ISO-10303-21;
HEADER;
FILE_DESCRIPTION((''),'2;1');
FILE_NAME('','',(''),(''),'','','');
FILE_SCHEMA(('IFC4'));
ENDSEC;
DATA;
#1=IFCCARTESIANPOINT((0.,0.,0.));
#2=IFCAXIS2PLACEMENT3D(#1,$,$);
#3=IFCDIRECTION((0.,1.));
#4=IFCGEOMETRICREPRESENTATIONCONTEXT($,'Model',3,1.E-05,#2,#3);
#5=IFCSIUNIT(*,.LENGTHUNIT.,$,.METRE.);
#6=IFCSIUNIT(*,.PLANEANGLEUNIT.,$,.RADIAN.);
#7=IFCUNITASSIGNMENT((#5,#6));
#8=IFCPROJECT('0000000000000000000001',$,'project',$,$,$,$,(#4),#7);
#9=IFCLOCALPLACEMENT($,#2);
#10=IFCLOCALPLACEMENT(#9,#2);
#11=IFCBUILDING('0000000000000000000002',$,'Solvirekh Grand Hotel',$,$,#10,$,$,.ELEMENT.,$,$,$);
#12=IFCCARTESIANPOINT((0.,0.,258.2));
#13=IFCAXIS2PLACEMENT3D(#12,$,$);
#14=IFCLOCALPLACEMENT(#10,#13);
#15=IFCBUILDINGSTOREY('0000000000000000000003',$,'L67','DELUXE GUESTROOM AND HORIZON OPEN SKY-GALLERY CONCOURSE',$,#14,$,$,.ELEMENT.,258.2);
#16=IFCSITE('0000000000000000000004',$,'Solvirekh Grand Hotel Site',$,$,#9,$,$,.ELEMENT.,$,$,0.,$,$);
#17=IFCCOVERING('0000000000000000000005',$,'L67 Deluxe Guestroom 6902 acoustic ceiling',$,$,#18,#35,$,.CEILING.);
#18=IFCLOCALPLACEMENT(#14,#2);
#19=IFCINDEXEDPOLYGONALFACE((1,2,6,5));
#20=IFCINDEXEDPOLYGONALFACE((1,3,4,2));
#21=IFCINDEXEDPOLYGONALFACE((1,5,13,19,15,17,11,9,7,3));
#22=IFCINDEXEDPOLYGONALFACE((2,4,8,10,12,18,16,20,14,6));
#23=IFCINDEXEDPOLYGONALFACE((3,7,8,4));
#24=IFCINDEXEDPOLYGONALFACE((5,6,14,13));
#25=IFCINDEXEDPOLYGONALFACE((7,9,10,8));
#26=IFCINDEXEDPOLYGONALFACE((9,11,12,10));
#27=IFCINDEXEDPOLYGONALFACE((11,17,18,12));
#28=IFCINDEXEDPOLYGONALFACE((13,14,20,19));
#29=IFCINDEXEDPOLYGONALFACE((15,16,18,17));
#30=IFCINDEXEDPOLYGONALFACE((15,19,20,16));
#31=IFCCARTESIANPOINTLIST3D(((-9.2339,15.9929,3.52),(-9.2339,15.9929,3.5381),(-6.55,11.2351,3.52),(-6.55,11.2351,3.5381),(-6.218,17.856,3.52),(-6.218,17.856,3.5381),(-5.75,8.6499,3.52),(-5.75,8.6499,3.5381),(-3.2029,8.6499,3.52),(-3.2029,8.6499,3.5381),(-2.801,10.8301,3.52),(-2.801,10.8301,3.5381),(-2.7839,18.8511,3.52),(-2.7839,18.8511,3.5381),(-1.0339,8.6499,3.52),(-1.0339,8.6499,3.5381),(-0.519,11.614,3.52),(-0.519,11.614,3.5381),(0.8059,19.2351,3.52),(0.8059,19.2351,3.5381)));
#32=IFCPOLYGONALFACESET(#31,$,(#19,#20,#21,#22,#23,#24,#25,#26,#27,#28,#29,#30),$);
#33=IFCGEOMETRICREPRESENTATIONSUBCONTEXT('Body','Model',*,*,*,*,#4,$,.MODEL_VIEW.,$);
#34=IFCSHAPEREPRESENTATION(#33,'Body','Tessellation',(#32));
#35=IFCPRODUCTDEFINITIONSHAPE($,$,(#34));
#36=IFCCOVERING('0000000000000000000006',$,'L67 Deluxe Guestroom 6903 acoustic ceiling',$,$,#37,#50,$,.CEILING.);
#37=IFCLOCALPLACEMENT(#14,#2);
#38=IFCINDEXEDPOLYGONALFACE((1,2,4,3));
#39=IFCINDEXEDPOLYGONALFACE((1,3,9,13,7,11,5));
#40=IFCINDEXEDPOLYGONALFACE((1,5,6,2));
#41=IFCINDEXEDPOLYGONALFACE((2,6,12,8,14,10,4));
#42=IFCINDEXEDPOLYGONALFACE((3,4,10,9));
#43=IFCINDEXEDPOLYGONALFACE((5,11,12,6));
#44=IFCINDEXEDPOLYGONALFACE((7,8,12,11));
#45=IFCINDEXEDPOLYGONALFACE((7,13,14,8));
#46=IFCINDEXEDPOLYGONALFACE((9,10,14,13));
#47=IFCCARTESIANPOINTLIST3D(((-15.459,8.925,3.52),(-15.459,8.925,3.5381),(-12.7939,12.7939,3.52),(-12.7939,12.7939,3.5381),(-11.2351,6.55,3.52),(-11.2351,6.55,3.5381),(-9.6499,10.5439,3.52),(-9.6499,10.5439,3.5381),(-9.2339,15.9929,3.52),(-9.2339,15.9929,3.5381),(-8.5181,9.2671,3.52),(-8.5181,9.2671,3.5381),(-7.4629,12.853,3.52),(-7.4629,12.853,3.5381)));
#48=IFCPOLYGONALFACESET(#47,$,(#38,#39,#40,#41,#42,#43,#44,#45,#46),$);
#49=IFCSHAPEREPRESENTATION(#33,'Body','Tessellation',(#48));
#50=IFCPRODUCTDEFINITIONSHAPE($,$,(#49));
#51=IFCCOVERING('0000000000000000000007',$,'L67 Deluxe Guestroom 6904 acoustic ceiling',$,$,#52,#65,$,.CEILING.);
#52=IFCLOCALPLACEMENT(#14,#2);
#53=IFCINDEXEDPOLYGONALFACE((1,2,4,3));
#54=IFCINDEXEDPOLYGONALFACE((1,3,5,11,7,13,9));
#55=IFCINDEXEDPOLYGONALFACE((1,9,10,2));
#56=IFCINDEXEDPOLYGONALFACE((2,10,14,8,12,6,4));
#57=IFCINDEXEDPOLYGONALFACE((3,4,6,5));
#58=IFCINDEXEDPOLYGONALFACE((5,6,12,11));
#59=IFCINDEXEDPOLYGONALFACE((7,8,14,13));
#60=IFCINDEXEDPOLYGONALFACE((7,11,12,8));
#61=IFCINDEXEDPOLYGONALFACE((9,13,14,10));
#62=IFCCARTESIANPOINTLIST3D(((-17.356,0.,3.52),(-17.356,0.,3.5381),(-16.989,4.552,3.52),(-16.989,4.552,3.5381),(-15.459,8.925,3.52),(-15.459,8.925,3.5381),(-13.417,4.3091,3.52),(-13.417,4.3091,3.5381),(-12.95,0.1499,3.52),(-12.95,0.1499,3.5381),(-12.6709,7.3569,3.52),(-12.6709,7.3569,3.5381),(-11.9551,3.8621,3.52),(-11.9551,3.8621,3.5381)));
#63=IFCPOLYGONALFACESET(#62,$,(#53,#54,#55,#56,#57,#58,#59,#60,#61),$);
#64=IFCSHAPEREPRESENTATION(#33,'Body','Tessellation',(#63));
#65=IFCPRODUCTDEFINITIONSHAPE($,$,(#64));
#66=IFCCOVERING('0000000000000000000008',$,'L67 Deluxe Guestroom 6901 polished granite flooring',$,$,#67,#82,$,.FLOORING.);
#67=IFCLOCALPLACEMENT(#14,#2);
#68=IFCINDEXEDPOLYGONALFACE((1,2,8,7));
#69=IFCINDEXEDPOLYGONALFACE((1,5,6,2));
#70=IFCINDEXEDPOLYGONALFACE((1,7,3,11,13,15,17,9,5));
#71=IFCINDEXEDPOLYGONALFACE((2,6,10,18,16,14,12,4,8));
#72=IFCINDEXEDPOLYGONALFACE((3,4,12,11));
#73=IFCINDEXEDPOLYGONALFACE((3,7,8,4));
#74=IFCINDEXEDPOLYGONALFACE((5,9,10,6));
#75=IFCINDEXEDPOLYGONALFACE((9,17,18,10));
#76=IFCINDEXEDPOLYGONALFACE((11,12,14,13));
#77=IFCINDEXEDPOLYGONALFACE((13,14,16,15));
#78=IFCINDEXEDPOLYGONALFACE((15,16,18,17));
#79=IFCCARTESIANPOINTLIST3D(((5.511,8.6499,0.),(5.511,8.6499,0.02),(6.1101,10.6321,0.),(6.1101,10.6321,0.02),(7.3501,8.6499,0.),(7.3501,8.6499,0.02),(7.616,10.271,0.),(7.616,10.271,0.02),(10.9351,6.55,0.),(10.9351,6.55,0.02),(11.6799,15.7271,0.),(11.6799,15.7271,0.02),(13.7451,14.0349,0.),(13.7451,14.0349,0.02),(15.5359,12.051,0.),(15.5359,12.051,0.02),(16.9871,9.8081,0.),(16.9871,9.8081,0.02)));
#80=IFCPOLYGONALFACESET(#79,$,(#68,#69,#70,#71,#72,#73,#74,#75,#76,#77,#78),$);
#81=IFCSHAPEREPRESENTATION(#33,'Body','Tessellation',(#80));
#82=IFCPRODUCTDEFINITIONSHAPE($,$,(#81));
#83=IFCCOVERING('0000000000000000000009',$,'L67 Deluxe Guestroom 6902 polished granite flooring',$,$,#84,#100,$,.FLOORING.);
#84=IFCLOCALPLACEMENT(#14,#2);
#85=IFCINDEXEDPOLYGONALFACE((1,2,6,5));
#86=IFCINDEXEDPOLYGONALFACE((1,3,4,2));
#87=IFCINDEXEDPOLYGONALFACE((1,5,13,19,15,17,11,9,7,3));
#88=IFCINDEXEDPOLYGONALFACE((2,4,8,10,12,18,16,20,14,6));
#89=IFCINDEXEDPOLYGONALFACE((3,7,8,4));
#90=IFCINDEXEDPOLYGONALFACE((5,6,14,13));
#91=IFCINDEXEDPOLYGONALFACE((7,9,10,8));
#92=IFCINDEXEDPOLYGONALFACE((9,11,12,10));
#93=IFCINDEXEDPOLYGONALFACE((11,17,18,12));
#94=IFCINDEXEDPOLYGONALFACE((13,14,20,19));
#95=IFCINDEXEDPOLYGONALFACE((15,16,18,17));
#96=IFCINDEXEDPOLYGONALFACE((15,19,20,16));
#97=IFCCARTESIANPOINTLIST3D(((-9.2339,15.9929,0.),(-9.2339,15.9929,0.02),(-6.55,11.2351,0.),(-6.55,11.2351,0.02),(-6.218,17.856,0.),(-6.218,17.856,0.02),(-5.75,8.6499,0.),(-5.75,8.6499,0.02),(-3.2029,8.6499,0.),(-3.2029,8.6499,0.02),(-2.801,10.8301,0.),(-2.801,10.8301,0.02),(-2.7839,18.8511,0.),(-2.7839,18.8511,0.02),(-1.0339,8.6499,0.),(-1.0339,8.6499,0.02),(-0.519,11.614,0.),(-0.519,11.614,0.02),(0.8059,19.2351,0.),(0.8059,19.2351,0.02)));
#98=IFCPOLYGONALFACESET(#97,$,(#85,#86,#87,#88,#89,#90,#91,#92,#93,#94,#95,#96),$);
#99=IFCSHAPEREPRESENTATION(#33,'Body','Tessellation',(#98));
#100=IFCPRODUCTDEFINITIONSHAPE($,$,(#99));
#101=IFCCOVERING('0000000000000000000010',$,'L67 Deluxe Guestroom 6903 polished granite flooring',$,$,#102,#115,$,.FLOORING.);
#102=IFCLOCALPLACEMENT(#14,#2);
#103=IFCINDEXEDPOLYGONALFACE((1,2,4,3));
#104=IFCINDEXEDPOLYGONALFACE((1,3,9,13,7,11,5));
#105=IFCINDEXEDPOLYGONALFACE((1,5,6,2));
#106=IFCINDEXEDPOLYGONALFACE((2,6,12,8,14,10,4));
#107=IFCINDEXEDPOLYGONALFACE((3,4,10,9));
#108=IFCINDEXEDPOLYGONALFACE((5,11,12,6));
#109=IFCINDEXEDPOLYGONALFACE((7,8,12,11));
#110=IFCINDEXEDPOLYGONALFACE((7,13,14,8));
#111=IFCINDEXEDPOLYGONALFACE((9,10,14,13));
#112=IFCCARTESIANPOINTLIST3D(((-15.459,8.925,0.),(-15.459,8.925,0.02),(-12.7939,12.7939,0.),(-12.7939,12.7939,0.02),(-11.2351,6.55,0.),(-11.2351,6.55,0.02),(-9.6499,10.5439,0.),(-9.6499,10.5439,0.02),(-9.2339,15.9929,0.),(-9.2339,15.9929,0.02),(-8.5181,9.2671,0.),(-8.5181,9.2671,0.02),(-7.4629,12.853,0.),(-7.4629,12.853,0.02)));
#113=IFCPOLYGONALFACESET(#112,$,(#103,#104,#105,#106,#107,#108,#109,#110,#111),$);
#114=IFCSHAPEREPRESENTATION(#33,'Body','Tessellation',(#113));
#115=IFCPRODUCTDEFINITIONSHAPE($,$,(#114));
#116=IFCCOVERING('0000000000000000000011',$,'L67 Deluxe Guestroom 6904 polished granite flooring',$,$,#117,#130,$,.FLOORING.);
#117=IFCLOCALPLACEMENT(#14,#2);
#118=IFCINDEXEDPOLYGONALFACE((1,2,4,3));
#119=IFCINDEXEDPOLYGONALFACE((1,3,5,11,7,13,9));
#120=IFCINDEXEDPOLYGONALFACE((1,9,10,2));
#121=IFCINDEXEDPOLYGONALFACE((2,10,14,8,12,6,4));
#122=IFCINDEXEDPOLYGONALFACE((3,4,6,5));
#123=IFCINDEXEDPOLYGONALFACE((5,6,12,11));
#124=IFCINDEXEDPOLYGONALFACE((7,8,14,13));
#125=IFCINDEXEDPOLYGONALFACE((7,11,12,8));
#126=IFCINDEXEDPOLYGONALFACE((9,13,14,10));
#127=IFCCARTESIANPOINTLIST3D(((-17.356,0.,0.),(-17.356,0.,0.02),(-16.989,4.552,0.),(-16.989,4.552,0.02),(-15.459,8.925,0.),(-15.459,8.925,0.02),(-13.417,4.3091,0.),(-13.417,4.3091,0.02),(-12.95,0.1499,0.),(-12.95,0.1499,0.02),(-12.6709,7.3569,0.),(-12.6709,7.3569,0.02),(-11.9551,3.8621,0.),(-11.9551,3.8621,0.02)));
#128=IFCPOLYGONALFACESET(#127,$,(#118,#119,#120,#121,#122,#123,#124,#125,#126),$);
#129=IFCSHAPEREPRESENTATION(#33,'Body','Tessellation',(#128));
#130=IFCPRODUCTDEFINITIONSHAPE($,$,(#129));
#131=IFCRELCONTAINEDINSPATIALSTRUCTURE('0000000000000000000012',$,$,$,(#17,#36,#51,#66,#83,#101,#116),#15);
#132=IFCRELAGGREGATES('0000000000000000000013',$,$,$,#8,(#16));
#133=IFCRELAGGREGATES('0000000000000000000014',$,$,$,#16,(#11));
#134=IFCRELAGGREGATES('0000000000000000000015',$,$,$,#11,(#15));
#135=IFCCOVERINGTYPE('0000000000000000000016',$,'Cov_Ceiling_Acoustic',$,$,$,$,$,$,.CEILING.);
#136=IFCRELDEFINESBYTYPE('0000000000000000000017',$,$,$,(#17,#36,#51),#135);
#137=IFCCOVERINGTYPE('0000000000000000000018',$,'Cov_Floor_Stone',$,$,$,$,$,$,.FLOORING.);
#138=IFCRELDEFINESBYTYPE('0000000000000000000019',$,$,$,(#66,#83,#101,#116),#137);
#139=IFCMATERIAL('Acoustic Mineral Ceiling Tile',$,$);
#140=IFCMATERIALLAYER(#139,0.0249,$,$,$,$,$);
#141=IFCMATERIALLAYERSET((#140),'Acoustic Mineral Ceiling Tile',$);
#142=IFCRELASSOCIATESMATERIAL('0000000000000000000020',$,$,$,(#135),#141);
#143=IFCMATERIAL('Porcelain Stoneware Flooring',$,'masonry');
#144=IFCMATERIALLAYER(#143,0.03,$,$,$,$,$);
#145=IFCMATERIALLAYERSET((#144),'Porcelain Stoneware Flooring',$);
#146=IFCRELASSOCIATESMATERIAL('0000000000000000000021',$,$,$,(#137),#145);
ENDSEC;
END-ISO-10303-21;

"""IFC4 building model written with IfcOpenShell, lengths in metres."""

from ifc_helpers import new_model, si_unit, direction, frame, origin, place, context, subcontext, project, spatial, polyline, outline, extrude, material, layer, layer_set, type_object, element, save


model = new_model("IFC4")

# Units and contexts
model_context = context("Model", 3, precision=1e-05, world=origin(), true_north=direction((0.0, 1.0)))
body_context = subcontext(model_context, "Body", "Model", "MODEL_VIEW")
ifc_project = project(units=[si_unit("LENGTHUNIT", "METRE"), si_unit("PLANEANGLEUNIT", "RADIAN")], contexts=[model_context])

# Site, building, storey
site_placement = place(None, origin())
site = spatial("IfcSite", under=ifc_project, at=site_placement, Name="Solvirekh Grand Hotel Site", CompositionType="ELEMENT", RefElevation=0.0)
building_placement = place(site_placement, origin())
building = spatial("IfcBuilding", under=site, at=building_placement, Name="Solvirekh Grand Hotel", CompositionType="ELEMENT")
storey_placement = place(building_placement, frame((0.0, 0.0, 258.2)))
storey = spatial("IfcBuildingStorey", under=building, at=storey_placement, Name="L67", Description="DELUXE GUESTROOM AND HORIZON OPEN SKY-GALLERY CONCOURSE", CompositionType="ELEMENT", Elevation=258.2)

# Coverings
ifc_material_1 = material(Name="Acoustic Mineral Ceiling Tile")
ifc_layer_1 = layer(ifc_material_1, 0.0249)
ifc_layer_set_1 = layer_set([ifc_layer_1], Name="Acoustic Mineral Ceiling Tile")
covering_type_1 = type_object("IfcCoveringType", Name="Cov_Ceiling_Acoustic", PredefinedType="CEILING", material=ifc_layer_set_1)
covering_1_placement = place(storey_placement, frame((0.0, 0.0, 3.52)))
element("IfcCovering", 1, at=covering_1_placement, inside=storey, type_object=covering_type_1, Name="L67 Deluxe Guestroom 6902 acoustic ceiling", PredefinedType="CEILING", context=body_context, shape_type="SweptSolid", body=[
    extrude(outline(polyline([(-3.2029, 8.6499), (-2.801, 10.8301), (-0.519, 11.614), (-1.0339, 8.6499), (0.8059, 19.2351), (-2.7839, 18.8511), (-6.218, 17.856), (-9.2339, 15.9929), (-6.55, 11.2351), (-5.75, 8.6499), (-3.2029, 8.6499)])), origin(), (0.0, 0.0, 1.0), 0.0181),
])
covering_2_placement = place(storey_placement, frame((0.0, 0.0, 3.52)))
element("IfcCovering", 2, at=covering_2_placement, inside=storey, type_object=covering_type_1, Name="L67 Deluxe Guestroom 6903 acoustic ceiling", PredefinedType="CEILING", context=body_context, shape_type="SweptSolid", body=[
    extrude(outline(polyline([(-9.6499, 10.5439), (-7.4629, 12.853), (-9.2339, 15.9929), (-12.7939, 12.7939), (-15.459, 8.925), (-11.2351, 6.55), (-8.5181, 9.2671), (-9.6499, 10.5439)])), origin(), (0.0, 0.0, 1.0), 0.0181),
])
covering_3_placement = place(storey_placement, frame((0.0, 0.0, 3.52)))
element("IfcCovering", 3, at=covering_3_placement, inside=storey, type_object=covering_type_1, Name="L67 Deluxe Guestroom 6904 acoustic ceiling", PredefinedType="CEILING", context=body_context, shape_type="SweptSolid", body=[
    extrude(outline(polyline([(-13.417, 4.3091), (-12.6709, 7.3569), (-15.459, 8.925), (-16.989, 4.552), (-17.356, 0.0), (-12.95, 0.1499), (-11.9551, 3.8621), (-13.417, 4.3091)])), origin(), (0.0, 0.0, 1.0), 0.0181),
])
ifc_material_2 = material(Name="Porcelain Stoneware Flooring", Category="masonry")
ifc_layer_2 = layer(ifc_material_2, 0.03)
ifc_layer_set_2 = layer_set([ifc_layer_2], Name="Porcelain Stoneware Flooring")
covering_type_2 = type_object("IfcCoveringType", Name="Cov_Floor_Stone", PredefinedType="FLOORING", material=ifc_layer_set_2)
covering_4_placement = place(storey_placement, origin())
element("IfcCovering", 4, at=covering_4_placement, inside=storey, type_object=covering_type_2, Name="L67 Deluxe Guestroom 6901 polished granite flooring", PredefinedType="FLOORING", context=body_context, shape_type="SweptSolid", body=[
    extrude(outline(polyline([(6.1101, 10.6321), (7.616, 10.271), (5.511, 8.6499), (7.3501, 8.6499), (10.9351, 6.55), (16.9871, 9.8081), (15.5359, 12.051), (13.7451, 14.0349), (11.6799, 15.7271), (6.1101, 10.6321)])), origin(), (0.0, 0.0, 1.0), 0.02),
])
covering_5_placement = place(storey_placement, origin())
element("IfcCovering", 5, at=covering_5_placement, inside=storey, type_object=covering_type_2, Name="L67 Deluxe Guestroom 6902 polished granite flooring", PredefinedType="FLOORING", context=body_context, shape_type="SweptSolid", body=[
    extrude(outline(polyline([(-3.2029, 8.6499), (-2.801, 10.8301), (-0.519, 11.614), (-1.0339, 8.6499), (0.8059, 19.2351), (-2.7839, 18.8511), (-6.218, 17.856), (-9.2339, 15.9929), (-6.55, 11.2351), (-5.75, 8.6499), (-3.2029, 8.6499)])), origin(), (0.0, 0.0, 1.0), 0.02),
])
covering_6_placement = place(storey_placement, origin())
element("IfcCovering", 6, at=covering_6_placement, inside=storey, type_object=covering_type_2, Name="L67 Deluxe Guestroom 6903 polished granite flooring", PredefinedType="FLOORING", context=body_context, shape_type="SweptSolid", body=[
    extrude(outline(polyline([(-9.6499, 10.5439), (-7.4629, 12.853), (-9.2339, 15.9929), (-12.7939, 12.7939), (-15.459, 8.925), (-11.2351, 6.55), (-8.5181, 9.2671), (-9.6499, 10.5439)])), origin(), (0.0, 0.0, 1.0), 0.02),
])
covering_7_placement = place(storey_placement, origin())
element("IfcCovering", 7, at=covering_7_placement, inside=storey, type_object=covering_type_2, Name="L67 Deluxe Guestroom 6904 polished granite flooring", PredefinedType="FLOORING", context=body_context, shape_type="SweptSolid", body=[
    extrude(outline(polyline([(-13.417, 4.3091), (-12.6709, 7.3569), (-15.459, 8.925), (-16.989, 4.552), (-17.356, 0.0), (-12.95, 0.1499), (-11.9551, 3.8621), (-13.417, 4.3091)])), origin(), (0.0, 0.0, 1.0), 0.02),
])

save(model, "model.ifc")
